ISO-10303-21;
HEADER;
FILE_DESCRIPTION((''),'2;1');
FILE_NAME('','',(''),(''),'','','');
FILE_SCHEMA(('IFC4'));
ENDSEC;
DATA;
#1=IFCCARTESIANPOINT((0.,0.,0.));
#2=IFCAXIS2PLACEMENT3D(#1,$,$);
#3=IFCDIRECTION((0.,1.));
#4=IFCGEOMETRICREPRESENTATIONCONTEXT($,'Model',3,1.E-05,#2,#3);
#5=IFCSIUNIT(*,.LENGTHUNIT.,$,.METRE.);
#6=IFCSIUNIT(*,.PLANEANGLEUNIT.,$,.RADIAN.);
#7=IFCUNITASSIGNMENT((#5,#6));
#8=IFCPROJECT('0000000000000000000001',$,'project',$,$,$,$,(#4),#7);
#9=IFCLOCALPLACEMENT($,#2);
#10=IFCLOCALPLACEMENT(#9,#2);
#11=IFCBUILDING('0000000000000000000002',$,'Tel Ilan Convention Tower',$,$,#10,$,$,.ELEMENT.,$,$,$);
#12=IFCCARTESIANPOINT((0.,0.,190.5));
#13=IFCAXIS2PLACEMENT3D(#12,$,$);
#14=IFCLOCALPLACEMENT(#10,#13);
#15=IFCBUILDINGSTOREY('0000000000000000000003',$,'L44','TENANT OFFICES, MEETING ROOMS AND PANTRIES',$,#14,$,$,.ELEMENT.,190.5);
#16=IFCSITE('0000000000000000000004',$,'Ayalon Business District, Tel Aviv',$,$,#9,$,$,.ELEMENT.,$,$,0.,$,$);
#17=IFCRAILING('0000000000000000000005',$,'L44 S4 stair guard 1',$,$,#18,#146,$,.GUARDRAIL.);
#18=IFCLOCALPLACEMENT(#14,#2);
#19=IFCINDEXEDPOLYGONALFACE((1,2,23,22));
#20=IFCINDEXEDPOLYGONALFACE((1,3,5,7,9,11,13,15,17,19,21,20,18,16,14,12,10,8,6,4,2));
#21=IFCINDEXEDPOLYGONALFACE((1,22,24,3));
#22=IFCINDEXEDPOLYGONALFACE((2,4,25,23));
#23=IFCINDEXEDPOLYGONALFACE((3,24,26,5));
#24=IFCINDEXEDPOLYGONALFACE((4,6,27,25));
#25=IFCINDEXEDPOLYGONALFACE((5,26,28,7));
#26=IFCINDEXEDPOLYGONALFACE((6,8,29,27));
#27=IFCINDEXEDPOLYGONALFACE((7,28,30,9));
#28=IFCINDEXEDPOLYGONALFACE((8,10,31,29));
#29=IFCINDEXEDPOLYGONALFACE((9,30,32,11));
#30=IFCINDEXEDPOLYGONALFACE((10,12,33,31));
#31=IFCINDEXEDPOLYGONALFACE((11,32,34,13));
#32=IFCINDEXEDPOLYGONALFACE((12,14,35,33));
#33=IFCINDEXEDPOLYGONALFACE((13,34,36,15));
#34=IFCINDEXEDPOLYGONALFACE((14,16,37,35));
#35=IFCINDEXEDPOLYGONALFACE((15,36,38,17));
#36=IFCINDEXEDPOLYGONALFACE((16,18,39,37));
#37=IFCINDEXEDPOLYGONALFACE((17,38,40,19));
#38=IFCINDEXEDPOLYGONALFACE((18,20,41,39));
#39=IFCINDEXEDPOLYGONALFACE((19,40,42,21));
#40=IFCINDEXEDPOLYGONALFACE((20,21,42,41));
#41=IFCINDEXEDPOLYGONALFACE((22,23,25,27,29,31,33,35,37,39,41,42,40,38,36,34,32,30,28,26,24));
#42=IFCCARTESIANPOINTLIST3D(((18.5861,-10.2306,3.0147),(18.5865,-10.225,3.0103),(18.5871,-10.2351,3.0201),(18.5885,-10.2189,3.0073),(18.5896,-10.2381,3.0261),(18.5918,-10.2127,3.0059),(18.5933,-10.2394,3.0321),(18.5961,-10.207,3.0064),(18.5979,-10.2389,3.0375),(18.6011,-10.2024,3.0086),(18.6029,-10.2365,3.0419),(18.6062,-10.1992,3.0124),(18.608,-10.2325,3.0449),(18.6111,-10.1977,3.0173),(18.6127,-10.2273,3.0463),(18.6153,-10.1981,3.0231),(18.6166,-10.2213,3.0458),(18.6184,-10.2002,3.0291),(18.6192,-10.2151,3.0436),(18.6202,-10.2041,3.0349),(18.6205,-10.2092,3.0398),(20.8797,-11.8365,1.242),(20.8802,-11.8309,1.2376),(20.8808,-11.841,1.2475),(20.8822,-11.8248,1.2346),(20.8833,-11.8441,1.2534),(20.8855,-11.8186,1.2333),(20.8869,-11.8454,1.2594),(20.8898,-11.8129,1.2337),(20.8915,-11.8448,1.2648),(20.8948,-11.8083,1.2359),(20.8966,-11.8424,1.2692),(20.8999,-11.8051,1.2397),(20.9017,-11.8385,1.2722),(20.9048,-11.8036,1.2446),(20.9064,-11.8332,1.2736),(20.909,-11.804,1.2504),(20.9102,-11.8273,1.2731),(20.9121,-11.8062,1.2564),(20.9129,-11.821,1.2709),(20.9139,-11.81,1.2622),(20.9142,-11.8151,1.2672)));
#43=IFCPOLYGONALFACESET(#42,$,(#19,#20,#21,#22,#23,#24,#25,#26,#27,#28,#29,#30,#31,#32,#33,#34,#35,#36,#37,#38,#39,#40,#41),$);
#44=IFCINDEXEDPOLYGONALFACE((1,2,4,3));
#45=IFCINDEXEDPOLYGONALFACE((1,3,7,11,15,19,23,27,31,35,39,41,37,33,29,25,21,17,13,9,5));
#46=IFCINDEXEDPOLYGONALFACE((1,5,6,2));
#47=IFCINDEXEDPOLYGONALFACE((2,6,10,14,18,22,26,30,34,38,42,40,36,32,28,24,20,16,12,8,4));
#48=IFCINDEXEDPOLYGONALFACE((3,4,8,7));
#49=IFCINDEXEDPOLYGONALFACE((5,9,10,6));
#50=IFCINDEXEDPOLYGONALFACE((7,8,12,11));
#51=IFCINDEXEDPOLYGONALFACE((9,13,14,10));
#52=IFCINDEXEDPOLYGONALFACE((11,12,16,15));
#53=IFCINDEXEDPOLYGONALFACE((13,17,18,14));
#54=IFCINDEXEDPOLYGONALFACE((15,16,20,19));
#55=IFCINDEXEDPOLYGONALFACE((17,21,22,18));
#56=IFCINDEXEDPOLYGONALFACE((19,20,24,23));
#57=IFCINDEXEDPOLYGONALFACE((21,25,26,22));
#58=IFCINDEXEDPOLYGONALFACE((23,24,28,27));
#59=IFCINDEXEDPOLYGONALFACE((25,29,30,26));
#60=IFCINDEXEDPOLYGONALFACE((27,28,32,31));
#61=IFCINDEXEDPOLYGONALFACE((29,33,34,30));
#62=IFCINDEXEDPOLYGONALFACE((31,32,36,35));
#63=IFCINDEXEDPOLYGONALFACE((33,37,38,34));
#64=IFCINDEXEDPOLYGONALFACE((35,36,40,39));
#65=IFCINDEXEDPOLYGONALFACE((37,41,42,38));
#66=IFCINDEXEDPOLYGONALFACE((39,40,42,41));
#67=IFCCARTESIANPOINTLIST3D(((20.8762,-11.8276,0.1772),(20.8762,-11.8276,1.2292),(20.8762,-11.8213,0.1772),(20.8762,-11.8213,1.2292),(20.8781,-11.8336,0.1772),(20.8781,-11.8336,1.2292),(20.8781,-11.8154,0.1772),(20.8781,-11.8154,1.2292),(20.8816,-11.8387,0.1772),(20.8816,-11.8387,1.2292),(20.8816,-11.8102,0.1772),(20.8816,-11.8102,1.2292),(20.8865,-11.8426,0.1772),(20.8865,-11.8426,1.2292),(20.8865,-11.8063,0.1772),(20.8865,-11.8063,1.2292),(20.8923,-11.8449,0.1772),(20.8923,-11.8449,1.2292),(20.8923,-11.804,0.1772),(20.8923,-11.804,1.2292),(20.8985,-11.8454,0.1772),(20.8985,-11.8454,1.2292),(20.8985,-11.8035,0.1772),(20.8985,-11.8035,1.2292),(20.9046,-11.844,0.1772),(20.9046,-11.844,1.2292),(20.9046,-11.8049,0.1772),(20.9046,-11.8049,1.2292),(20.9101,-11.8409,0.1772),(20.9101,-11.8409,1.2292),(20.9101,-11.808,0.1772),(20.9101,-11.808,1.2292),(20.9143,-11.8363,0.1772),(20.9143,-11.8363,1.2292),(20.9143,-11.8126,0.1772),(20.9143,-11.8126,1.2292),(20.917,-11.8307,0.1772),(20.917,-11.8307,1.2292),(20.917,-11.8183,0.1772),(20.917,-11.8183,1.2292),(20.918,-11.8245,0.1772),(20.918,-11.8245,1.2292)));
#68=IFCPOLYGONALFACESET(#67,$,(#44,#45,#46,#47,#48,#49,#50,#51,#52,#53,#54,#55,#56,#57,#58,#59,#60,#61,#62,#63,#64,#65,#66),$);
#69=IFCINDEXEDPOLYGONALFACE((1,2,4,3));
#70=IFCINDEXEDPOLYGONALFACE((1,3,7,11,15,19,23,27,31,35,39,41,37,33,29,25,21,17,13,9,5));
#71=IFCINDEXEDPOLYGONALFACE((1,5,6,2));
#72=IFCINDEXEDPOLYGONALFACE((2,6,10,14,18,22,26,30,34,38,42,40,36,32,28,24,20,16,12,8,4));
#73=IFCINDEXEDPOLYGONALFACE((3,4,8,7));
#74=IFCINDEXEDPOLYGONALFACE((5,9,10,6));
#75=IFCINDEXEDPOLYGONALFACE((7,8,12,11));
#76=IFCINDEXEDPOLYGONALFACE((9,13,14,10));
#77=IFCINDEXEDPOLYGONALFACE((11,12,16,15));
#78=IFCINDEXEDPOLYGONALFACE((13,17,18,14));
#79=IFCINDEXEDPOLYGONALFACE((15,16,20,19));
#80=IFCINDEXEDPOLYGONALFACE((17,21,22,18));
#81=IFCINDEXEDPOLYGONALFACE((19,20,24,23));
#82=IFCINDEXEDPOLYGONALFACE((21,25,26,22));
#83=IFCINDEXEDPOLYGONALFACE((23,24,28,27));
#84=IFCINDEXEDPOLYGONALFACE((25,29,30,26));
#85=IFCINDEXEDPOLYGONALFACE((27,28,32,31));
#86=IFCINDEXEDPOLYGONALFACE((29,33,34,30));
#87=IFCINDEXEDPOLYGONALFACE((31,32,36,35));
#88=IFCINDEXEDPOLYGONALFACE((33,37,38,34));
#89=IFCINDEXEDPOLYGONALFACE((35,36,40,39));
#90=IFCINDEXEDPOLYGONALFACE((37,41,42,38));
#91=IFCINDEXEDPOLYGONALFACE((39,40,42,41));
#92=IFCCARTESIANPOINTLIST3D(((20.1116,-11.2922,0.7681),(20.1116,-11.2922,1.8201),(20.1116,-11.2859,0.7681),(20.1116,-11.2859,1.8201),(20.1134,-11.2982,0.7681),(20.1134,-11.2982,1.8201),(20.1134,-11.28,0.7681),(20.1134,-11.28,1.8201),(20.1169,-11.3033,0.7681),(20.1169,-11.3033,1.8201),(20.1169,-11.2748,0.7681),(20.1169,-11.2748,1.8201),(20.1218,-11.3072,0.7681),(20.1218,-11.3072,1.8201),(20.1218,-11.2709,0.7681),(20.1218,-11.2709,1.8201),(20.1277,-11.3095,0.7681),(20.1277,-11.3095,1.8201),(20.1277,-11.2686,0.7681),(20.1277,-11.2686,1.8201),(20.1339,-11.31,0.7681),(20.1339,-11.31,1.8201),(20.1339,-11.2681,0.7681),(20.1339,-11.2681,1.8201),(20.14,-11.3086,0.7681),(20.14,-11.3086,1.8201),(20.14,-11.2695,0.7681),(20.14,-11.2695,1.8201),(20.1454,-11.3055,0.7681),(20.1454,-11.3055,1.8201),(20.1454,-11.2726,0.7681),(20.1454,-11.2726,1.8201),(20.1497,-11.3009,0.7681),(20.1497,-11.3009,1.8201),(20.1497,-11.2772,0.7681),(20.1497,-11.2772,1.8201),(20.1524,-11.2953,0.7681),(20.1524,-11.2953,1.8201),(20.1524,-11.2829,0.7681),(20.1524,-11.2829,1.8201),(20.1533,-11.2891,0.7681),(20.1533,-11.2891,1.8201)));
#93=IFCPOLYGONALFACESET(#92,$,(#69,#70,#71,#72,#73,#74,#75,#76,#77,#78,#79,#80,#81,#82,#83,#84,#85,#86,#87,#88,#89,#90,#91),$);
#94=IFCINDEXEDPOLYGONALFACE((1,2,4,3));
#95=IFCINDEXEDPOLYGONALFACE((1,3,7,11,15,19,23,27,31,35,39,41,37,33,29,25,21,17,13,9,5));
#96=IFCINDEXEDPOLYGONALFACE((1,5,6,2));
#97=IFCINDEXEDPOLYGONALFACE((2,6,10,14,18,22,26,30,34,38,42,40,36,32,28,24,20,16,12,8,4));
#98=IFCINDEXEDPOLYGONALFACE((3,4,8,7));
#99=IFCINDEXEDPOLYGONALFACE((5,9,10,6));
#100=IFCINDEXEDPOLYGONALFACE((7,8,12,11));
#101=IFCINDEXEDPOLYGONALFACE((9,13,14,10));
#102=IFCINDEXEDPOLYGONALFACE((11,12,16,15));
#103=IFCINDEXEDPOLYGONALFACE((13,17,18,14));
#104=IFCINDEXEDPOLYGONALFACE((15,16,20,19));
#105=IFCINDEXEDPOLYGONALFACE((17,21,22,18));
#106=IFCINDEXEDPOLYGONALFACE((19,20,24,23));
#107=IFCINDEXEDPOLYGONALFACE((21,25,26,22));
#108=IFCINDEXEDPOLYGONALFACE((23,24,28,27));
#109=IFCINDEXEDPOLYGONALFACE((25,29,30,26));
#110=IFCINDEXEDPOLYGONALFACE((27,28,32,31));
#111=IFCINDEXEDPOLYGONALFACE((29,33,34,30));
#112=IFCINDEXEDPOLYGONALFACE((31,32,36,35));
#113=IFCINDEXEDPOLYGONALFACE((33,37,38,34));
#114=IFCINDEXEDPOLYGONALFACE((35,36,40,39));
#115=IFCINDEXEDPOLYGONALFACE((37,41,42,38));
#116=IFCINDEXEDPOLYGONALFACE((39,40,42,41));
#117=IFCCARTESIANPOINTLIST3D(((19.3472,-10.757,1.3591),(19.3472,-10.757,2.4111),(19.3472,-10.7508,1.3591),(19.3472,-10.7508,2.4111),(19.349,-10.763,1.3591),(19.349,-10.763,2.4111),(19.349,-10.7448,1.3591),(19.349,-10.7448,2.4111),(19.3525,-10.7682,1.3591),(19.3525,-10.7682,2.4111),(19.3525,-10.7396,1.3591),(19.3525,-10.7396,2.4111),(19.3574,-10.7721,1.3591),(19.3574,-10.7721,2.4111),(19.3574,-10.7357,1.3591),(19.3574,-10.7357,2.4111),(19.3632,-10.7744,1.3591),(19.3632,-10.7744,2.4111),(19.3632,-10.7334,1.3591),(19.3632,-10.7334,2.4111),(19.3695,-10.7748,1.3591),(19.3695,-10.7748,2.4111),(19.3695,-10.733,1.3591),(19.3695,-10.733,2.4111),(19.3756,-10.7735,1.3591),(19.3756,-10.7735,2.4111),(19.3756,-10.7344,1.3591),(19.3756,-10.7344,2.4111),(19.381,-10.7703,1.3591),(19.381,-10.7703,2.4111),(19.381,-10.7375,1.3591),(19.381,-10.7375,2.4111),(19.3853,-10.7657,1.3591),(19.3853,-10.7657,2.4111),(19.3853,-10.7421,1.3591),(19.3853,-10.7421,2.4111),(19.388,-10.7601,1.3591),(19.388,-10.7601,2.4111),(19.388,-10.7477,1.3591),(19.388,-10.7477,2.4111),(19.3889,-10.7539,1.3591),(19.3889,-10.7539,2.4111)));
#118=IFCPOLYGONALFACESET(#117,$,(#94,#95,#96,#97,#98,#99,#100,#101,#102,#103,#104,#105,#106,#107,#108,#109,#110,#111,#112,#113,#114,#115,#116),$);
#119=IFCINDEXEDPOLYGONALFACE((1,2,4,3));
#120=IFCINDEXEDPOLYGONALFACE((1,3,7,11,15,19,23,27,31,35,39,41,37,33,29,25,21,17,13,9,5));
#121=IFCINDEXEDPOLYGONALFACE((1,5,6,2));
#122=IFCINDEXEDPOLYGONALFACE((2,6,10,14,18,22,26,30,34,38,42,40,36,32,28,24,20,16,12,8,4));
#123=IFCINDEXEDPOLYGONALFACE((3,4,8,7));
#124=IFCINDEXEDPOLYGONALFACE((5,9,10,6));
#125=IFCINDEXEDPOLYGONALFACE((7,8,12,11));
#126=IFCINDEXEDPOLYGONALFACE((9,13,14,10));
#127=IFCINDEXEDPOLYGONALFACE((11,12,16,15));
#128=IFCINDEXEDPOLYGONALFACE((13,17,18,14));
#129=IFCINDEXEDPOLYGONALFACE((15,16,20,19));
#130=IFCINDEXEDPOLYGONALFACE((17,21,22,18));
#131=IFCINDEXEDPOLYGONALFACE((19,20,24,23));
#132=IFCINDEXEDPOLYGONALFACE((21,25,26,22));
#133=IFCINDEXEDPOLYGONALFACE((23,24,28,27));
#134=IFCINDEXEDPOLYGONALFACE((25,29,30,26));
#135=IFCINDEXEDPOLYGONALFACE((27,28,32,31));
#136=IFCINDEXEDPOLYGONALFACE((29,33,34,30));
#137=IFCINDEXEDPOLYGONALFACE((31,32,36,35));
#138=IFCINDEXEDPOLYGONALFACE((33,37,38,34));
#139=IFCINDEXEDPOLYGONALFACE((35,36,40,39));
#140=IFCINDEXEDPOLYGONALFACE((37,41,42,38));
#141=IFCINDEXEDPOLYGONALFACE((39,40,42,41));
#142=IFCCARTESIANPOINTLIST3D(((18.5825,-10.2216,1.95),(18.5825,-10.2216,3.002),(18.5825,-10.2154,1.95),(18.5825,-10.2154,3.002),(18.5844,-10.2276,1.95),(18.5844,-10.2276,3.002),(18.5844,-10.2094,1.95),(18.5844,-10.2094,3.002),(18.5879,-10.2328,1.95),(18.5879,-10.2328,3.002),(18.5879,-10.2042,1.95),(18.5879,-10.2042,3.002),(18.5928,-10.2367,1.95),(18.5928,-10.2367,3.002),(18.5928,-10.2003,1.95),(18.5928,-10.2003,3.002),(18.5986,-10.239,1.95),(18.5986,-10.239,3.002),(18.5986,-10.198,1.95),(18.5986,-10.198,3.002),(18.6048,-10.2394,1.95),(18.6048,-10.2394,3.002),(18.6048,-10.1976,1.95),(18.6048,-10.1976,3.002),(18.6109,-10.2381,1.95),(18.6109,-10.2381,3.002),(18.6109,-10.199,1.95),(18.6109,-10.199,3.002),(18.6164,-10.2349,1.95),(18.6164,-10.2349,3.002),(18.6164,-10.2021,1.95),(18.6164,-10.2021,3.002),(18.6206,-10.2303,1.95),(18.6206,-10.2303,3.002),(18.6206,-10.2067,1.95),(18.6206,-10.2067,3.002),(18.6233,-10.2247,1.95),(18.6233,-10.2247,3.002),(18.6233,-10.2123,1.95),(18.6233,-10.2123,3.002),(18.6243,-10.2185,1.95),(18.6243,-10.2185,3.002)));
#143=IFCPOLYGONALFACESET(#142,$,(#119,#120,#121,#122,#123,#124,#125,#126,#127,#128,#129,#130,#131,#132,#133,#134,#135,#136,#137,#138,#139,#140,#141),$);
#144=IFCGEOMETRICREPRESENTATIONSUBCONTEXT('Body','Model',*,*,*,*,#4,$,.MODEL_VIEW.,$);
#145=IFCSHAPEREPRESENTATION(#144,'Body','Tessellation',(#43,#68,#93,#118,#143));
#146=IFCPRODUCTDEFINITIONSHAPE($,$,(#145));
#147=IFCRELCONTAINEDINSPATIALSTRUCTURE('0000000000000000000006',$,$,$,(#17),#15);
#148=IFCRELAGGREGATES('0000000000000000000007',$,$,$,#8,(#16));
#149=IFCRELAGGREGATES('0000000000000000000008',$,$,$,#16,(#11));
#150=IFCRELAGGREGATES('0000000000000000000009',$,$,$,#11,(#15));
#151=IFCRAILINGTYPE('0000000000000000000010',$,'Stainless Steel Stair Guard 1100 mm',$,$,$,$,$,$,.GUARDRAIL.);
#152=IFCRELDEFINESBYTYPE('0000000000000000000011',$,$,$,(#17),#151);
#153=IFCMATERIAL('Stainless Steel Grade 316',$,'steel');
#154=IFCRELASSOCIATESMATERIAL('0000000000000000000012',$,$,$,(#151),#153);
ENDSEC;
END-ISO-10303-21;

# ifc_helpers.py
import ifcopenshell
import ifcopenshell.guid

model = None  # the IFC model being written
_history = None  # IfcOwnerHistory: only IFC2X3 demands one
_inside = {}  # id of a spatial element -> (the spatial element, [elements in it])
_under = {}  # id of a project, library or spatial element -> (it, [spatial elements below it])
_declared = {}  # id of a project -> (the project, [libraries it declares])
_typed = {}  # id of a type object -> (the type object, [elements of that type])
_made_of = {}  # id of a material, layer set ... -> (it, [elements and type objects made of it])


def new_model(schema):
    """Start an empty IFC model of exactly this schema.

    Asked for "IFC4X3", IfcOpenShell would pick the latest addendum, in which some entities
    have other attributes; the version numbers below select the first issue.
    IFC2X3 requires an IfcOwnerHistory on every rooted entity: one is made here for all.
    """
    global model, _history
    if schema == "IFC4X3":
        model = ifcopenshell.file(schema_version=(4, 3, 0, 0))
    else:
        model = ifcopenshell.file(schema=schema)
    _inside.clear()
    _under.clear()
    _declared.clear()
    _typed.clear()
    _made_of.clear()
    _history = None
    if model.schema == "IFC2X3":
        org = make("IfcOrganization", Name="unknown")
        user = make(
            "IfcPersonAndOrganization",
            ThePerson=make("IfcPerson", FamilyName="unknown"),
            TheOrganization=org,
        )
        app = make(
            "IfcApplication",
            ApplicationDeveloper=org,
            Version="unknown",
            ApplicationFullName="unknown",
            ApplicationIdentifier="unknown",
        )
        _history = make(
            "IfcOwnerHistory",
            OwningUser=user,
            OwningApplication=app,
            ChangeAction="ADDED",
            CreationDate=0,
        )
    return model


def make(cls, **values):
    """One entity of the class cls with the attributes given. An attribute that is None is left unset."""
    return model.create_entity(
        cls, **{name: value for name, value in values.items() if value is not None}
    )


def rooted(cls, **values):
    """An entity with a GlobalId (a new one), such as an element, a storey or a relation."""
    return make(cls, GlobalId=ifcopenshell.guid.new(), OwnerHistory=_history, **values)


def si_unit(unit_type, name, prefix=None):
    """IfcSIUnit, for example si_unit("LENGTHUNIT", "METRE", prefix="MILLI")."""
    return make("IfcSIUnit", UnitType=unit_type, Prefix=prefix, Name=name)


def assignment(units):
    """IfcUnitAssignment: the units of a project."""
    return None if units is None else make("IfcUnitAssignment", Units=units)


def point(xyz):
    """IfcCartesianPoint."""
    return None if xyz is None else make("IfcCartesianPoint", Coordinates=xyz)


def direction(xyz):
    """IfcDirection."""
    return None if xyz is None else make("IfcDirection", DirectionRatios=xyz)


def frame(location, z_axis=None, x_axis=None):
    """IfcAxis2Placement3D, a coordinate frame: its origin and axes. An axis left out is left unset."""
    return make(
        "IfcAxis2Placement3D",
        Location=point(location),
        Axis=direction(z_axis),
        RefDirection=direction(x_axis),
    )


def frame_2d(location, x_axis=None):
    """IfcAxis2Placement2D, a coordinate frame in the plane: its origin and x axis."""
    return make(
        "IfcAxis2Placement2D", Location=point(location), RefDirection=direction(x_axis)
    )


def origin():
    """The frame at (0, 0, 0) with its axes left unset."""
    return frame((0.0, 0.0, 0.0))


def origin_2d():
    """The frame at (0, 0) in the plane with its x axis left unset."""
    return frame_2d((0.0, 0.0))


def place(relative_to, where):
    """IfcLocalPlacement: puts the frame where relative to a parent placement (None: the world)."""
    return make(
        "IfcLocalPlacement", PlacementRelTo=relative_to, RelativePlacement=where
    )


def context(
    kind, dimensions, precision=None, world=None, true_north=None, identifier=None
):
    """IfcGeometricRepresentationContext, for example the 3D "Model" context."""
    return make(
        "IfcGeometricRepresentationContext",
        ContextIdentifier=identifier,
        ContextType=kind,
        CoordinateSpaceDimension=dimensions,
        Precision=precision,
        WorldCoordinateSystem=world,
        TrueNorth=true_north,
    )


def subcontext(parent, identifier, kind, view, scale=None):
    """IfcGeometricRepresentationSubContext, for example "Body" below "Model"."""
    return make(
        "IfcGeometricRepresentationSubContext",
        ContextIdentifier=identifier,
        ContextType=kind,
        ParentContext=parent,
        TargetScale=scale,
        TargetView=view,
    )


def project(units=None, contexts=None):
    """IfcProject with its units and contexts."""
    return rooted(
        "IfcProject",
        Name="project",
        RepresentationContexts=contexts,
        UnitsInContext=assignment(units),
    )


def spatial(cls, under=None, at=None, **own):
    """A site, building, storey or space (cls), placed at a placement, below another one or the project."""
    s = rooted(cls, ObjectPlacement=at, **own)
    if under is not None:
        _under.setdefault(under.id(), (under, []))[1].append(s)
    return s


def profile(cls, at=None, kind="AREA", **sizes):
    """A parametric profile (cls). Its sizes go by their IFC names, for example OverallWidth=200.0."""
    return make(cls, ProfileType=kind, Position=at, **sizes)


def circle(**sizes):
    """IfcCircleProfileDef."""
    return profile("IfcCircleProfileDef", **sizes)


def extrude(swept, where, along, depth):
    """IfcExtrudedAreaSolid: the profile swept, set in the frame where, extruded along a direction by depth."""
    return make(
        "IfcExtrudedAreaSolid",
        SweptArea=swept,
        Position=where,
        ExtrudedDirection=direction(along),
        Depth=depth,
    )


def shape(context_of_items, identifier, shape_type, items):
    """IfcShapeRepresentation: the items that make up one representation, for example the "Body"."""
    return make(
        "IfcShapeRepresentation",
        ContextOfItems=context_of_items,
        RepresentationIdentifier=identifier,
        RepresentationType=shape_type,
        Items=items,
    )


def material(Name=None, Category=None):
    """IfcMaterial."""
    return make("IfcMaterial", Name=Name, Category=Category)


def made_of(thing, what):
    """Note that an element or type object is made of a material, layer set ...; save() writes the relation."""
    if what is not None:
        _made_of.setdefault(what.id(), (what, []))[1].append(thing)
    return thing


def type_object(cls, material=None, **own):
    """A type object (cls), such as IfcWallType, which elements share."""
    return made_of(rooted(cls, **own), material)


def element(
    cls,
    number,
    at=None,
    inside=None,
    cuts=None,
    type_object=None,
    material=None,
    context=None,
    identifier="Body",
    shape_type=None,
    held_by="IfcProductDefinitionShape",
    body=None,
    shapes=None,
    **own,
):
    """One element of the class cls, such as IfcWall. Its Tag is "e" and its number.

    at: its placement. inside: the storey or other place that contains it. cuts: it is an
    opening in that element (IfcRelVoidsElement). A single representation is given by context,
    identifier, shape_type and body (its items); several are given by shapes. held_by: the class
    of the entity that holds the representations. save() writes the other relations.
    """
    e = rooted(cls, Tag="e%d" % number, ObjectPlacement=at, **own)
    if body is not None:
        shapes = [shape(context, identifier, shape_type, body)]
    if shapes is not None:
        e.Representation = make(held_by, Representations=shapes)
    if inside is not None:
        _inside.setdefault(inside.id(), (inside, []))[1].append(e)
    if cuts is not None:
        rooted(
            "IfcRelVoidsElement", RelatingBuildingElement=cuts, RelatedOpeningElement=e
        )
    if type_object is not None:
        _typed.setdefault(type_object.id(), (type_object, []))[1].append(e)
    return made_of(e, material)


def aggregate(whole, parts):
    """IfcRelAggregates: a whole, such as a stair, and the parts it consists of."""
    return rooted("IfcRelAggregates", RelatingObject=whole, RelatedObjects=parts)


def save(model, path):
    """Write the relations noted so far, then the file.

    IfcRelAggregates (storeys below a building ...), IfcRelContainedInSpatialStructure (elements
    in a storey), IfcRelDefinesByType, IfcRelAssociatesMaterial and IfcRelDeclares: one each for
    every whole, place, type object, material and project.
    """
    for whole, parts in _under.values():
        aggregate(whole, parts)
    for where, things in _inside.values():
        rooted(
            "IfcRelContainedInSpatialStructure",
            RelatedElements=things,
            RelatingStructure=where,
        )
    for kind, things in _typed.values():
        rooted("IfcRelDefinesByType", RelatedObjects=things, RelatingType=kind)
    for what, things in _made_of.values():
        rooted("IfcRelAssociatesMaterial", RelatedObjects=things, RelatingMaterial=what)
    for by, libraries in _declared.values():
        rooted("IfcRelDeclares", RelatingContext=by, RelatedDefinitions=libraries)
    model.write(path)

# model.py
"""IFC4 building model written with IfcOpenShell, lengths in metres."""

from ifc_helpers import new_model, si_unit, direction, frame, origin, origin_2d, place, context, subcontext, project, spatial, circle, extrude, material, type_object, element, save


model = new_model("IFC4")

# Units and contexts
model_context = context("Model", 3, precision=1e-05, world=origin(), true_north=direction((0.0, 1.0)))
body_context = subcontext(model_context, "Body", "Model", "MODEL_VIEW")
ifc_project = project(units=[si_unit("LENGTHUNIT", "METRE"), si_unit("PLANEANGLEUNIT", "RADIAN")], contexts=[model_context])

# Site, building, storey
site_placement = place(None, origin())
site = spatial("IfcSite", under=ifc_project, at=site_placement, Name="Ayalon Business District, Tel Aviv", CompositionType="ELEMENT", RefElevation=0.0)
building_placement = place(site_placement, origin())
building = spatial("IfcBuilding", under=site, at=building_placement, Name="Tel Ilan Convention Tower", CompositionType="ELEMENT")
storey_placement = place(building_placement, frame((0.0, 0.0, 190.5)))
storey = spatial("IfcBuildingStorey", under=building, at=storey_placement, Name="L44", Description="TENANT OFFICES, MEETING ROOMS AND PANTRIES", CompositionType="ELEMENT", Elevation=190.5)

# Railing
ifc_material_1 = material(Name="Stainless Steel Grade 316", Category="steel")
railing_type_1 = type_object("IfcRailingType", Name="Stainless Steel Stair Guard 1100 mm", PredefinedType="GUARDRAIL", material=ifc_material_1)
railing_1_placement = place(storey_placement, frame((20.897, -11.8245, 0.1772)))
element("IfcRailing", 1, at=railing_1_placement, inside=storey, type_object=railing_type_1, Name="L44 S4 stair guard 1", PredefinedType="GUARDRAIL", context=body_context, shape_type="SweptSolid", body=[
    extrude(circle(Radius=0.0239, at=origin_2d()), frame((0.0, 0.0, 1.0762), z_axis=(-0.692123, 0.484597, 0.534913), x_axis=(-0.57355, -0.81917, 0.0)), (0.0, 0.0, 1.0), 3.314),
    extrude(circle(Radius=0.021, at=origin_2d()), origin(), (0.0, 0.0, 1.0), 1.052),
    extrude(circle(Radius=0.021, at=origin_2d()), frame((-0.7646, 0.5354, 0.5908)), (0.0, 0.0, 1.0), 1.052),
    extrude(circle(Radius=0.021, at=origin_2d()), frame((-1.5291, 1.0706, 1.1819)), (0.0, 0.0, 1.0), 1.052),
    extrude(circle(Radius=0.021, at=origin_2d()), frame((-2.2937, 1.606, 1.7727)), (0.0, 0.0, 1.0), 1.052),
])

save(model, "model.ifc")
